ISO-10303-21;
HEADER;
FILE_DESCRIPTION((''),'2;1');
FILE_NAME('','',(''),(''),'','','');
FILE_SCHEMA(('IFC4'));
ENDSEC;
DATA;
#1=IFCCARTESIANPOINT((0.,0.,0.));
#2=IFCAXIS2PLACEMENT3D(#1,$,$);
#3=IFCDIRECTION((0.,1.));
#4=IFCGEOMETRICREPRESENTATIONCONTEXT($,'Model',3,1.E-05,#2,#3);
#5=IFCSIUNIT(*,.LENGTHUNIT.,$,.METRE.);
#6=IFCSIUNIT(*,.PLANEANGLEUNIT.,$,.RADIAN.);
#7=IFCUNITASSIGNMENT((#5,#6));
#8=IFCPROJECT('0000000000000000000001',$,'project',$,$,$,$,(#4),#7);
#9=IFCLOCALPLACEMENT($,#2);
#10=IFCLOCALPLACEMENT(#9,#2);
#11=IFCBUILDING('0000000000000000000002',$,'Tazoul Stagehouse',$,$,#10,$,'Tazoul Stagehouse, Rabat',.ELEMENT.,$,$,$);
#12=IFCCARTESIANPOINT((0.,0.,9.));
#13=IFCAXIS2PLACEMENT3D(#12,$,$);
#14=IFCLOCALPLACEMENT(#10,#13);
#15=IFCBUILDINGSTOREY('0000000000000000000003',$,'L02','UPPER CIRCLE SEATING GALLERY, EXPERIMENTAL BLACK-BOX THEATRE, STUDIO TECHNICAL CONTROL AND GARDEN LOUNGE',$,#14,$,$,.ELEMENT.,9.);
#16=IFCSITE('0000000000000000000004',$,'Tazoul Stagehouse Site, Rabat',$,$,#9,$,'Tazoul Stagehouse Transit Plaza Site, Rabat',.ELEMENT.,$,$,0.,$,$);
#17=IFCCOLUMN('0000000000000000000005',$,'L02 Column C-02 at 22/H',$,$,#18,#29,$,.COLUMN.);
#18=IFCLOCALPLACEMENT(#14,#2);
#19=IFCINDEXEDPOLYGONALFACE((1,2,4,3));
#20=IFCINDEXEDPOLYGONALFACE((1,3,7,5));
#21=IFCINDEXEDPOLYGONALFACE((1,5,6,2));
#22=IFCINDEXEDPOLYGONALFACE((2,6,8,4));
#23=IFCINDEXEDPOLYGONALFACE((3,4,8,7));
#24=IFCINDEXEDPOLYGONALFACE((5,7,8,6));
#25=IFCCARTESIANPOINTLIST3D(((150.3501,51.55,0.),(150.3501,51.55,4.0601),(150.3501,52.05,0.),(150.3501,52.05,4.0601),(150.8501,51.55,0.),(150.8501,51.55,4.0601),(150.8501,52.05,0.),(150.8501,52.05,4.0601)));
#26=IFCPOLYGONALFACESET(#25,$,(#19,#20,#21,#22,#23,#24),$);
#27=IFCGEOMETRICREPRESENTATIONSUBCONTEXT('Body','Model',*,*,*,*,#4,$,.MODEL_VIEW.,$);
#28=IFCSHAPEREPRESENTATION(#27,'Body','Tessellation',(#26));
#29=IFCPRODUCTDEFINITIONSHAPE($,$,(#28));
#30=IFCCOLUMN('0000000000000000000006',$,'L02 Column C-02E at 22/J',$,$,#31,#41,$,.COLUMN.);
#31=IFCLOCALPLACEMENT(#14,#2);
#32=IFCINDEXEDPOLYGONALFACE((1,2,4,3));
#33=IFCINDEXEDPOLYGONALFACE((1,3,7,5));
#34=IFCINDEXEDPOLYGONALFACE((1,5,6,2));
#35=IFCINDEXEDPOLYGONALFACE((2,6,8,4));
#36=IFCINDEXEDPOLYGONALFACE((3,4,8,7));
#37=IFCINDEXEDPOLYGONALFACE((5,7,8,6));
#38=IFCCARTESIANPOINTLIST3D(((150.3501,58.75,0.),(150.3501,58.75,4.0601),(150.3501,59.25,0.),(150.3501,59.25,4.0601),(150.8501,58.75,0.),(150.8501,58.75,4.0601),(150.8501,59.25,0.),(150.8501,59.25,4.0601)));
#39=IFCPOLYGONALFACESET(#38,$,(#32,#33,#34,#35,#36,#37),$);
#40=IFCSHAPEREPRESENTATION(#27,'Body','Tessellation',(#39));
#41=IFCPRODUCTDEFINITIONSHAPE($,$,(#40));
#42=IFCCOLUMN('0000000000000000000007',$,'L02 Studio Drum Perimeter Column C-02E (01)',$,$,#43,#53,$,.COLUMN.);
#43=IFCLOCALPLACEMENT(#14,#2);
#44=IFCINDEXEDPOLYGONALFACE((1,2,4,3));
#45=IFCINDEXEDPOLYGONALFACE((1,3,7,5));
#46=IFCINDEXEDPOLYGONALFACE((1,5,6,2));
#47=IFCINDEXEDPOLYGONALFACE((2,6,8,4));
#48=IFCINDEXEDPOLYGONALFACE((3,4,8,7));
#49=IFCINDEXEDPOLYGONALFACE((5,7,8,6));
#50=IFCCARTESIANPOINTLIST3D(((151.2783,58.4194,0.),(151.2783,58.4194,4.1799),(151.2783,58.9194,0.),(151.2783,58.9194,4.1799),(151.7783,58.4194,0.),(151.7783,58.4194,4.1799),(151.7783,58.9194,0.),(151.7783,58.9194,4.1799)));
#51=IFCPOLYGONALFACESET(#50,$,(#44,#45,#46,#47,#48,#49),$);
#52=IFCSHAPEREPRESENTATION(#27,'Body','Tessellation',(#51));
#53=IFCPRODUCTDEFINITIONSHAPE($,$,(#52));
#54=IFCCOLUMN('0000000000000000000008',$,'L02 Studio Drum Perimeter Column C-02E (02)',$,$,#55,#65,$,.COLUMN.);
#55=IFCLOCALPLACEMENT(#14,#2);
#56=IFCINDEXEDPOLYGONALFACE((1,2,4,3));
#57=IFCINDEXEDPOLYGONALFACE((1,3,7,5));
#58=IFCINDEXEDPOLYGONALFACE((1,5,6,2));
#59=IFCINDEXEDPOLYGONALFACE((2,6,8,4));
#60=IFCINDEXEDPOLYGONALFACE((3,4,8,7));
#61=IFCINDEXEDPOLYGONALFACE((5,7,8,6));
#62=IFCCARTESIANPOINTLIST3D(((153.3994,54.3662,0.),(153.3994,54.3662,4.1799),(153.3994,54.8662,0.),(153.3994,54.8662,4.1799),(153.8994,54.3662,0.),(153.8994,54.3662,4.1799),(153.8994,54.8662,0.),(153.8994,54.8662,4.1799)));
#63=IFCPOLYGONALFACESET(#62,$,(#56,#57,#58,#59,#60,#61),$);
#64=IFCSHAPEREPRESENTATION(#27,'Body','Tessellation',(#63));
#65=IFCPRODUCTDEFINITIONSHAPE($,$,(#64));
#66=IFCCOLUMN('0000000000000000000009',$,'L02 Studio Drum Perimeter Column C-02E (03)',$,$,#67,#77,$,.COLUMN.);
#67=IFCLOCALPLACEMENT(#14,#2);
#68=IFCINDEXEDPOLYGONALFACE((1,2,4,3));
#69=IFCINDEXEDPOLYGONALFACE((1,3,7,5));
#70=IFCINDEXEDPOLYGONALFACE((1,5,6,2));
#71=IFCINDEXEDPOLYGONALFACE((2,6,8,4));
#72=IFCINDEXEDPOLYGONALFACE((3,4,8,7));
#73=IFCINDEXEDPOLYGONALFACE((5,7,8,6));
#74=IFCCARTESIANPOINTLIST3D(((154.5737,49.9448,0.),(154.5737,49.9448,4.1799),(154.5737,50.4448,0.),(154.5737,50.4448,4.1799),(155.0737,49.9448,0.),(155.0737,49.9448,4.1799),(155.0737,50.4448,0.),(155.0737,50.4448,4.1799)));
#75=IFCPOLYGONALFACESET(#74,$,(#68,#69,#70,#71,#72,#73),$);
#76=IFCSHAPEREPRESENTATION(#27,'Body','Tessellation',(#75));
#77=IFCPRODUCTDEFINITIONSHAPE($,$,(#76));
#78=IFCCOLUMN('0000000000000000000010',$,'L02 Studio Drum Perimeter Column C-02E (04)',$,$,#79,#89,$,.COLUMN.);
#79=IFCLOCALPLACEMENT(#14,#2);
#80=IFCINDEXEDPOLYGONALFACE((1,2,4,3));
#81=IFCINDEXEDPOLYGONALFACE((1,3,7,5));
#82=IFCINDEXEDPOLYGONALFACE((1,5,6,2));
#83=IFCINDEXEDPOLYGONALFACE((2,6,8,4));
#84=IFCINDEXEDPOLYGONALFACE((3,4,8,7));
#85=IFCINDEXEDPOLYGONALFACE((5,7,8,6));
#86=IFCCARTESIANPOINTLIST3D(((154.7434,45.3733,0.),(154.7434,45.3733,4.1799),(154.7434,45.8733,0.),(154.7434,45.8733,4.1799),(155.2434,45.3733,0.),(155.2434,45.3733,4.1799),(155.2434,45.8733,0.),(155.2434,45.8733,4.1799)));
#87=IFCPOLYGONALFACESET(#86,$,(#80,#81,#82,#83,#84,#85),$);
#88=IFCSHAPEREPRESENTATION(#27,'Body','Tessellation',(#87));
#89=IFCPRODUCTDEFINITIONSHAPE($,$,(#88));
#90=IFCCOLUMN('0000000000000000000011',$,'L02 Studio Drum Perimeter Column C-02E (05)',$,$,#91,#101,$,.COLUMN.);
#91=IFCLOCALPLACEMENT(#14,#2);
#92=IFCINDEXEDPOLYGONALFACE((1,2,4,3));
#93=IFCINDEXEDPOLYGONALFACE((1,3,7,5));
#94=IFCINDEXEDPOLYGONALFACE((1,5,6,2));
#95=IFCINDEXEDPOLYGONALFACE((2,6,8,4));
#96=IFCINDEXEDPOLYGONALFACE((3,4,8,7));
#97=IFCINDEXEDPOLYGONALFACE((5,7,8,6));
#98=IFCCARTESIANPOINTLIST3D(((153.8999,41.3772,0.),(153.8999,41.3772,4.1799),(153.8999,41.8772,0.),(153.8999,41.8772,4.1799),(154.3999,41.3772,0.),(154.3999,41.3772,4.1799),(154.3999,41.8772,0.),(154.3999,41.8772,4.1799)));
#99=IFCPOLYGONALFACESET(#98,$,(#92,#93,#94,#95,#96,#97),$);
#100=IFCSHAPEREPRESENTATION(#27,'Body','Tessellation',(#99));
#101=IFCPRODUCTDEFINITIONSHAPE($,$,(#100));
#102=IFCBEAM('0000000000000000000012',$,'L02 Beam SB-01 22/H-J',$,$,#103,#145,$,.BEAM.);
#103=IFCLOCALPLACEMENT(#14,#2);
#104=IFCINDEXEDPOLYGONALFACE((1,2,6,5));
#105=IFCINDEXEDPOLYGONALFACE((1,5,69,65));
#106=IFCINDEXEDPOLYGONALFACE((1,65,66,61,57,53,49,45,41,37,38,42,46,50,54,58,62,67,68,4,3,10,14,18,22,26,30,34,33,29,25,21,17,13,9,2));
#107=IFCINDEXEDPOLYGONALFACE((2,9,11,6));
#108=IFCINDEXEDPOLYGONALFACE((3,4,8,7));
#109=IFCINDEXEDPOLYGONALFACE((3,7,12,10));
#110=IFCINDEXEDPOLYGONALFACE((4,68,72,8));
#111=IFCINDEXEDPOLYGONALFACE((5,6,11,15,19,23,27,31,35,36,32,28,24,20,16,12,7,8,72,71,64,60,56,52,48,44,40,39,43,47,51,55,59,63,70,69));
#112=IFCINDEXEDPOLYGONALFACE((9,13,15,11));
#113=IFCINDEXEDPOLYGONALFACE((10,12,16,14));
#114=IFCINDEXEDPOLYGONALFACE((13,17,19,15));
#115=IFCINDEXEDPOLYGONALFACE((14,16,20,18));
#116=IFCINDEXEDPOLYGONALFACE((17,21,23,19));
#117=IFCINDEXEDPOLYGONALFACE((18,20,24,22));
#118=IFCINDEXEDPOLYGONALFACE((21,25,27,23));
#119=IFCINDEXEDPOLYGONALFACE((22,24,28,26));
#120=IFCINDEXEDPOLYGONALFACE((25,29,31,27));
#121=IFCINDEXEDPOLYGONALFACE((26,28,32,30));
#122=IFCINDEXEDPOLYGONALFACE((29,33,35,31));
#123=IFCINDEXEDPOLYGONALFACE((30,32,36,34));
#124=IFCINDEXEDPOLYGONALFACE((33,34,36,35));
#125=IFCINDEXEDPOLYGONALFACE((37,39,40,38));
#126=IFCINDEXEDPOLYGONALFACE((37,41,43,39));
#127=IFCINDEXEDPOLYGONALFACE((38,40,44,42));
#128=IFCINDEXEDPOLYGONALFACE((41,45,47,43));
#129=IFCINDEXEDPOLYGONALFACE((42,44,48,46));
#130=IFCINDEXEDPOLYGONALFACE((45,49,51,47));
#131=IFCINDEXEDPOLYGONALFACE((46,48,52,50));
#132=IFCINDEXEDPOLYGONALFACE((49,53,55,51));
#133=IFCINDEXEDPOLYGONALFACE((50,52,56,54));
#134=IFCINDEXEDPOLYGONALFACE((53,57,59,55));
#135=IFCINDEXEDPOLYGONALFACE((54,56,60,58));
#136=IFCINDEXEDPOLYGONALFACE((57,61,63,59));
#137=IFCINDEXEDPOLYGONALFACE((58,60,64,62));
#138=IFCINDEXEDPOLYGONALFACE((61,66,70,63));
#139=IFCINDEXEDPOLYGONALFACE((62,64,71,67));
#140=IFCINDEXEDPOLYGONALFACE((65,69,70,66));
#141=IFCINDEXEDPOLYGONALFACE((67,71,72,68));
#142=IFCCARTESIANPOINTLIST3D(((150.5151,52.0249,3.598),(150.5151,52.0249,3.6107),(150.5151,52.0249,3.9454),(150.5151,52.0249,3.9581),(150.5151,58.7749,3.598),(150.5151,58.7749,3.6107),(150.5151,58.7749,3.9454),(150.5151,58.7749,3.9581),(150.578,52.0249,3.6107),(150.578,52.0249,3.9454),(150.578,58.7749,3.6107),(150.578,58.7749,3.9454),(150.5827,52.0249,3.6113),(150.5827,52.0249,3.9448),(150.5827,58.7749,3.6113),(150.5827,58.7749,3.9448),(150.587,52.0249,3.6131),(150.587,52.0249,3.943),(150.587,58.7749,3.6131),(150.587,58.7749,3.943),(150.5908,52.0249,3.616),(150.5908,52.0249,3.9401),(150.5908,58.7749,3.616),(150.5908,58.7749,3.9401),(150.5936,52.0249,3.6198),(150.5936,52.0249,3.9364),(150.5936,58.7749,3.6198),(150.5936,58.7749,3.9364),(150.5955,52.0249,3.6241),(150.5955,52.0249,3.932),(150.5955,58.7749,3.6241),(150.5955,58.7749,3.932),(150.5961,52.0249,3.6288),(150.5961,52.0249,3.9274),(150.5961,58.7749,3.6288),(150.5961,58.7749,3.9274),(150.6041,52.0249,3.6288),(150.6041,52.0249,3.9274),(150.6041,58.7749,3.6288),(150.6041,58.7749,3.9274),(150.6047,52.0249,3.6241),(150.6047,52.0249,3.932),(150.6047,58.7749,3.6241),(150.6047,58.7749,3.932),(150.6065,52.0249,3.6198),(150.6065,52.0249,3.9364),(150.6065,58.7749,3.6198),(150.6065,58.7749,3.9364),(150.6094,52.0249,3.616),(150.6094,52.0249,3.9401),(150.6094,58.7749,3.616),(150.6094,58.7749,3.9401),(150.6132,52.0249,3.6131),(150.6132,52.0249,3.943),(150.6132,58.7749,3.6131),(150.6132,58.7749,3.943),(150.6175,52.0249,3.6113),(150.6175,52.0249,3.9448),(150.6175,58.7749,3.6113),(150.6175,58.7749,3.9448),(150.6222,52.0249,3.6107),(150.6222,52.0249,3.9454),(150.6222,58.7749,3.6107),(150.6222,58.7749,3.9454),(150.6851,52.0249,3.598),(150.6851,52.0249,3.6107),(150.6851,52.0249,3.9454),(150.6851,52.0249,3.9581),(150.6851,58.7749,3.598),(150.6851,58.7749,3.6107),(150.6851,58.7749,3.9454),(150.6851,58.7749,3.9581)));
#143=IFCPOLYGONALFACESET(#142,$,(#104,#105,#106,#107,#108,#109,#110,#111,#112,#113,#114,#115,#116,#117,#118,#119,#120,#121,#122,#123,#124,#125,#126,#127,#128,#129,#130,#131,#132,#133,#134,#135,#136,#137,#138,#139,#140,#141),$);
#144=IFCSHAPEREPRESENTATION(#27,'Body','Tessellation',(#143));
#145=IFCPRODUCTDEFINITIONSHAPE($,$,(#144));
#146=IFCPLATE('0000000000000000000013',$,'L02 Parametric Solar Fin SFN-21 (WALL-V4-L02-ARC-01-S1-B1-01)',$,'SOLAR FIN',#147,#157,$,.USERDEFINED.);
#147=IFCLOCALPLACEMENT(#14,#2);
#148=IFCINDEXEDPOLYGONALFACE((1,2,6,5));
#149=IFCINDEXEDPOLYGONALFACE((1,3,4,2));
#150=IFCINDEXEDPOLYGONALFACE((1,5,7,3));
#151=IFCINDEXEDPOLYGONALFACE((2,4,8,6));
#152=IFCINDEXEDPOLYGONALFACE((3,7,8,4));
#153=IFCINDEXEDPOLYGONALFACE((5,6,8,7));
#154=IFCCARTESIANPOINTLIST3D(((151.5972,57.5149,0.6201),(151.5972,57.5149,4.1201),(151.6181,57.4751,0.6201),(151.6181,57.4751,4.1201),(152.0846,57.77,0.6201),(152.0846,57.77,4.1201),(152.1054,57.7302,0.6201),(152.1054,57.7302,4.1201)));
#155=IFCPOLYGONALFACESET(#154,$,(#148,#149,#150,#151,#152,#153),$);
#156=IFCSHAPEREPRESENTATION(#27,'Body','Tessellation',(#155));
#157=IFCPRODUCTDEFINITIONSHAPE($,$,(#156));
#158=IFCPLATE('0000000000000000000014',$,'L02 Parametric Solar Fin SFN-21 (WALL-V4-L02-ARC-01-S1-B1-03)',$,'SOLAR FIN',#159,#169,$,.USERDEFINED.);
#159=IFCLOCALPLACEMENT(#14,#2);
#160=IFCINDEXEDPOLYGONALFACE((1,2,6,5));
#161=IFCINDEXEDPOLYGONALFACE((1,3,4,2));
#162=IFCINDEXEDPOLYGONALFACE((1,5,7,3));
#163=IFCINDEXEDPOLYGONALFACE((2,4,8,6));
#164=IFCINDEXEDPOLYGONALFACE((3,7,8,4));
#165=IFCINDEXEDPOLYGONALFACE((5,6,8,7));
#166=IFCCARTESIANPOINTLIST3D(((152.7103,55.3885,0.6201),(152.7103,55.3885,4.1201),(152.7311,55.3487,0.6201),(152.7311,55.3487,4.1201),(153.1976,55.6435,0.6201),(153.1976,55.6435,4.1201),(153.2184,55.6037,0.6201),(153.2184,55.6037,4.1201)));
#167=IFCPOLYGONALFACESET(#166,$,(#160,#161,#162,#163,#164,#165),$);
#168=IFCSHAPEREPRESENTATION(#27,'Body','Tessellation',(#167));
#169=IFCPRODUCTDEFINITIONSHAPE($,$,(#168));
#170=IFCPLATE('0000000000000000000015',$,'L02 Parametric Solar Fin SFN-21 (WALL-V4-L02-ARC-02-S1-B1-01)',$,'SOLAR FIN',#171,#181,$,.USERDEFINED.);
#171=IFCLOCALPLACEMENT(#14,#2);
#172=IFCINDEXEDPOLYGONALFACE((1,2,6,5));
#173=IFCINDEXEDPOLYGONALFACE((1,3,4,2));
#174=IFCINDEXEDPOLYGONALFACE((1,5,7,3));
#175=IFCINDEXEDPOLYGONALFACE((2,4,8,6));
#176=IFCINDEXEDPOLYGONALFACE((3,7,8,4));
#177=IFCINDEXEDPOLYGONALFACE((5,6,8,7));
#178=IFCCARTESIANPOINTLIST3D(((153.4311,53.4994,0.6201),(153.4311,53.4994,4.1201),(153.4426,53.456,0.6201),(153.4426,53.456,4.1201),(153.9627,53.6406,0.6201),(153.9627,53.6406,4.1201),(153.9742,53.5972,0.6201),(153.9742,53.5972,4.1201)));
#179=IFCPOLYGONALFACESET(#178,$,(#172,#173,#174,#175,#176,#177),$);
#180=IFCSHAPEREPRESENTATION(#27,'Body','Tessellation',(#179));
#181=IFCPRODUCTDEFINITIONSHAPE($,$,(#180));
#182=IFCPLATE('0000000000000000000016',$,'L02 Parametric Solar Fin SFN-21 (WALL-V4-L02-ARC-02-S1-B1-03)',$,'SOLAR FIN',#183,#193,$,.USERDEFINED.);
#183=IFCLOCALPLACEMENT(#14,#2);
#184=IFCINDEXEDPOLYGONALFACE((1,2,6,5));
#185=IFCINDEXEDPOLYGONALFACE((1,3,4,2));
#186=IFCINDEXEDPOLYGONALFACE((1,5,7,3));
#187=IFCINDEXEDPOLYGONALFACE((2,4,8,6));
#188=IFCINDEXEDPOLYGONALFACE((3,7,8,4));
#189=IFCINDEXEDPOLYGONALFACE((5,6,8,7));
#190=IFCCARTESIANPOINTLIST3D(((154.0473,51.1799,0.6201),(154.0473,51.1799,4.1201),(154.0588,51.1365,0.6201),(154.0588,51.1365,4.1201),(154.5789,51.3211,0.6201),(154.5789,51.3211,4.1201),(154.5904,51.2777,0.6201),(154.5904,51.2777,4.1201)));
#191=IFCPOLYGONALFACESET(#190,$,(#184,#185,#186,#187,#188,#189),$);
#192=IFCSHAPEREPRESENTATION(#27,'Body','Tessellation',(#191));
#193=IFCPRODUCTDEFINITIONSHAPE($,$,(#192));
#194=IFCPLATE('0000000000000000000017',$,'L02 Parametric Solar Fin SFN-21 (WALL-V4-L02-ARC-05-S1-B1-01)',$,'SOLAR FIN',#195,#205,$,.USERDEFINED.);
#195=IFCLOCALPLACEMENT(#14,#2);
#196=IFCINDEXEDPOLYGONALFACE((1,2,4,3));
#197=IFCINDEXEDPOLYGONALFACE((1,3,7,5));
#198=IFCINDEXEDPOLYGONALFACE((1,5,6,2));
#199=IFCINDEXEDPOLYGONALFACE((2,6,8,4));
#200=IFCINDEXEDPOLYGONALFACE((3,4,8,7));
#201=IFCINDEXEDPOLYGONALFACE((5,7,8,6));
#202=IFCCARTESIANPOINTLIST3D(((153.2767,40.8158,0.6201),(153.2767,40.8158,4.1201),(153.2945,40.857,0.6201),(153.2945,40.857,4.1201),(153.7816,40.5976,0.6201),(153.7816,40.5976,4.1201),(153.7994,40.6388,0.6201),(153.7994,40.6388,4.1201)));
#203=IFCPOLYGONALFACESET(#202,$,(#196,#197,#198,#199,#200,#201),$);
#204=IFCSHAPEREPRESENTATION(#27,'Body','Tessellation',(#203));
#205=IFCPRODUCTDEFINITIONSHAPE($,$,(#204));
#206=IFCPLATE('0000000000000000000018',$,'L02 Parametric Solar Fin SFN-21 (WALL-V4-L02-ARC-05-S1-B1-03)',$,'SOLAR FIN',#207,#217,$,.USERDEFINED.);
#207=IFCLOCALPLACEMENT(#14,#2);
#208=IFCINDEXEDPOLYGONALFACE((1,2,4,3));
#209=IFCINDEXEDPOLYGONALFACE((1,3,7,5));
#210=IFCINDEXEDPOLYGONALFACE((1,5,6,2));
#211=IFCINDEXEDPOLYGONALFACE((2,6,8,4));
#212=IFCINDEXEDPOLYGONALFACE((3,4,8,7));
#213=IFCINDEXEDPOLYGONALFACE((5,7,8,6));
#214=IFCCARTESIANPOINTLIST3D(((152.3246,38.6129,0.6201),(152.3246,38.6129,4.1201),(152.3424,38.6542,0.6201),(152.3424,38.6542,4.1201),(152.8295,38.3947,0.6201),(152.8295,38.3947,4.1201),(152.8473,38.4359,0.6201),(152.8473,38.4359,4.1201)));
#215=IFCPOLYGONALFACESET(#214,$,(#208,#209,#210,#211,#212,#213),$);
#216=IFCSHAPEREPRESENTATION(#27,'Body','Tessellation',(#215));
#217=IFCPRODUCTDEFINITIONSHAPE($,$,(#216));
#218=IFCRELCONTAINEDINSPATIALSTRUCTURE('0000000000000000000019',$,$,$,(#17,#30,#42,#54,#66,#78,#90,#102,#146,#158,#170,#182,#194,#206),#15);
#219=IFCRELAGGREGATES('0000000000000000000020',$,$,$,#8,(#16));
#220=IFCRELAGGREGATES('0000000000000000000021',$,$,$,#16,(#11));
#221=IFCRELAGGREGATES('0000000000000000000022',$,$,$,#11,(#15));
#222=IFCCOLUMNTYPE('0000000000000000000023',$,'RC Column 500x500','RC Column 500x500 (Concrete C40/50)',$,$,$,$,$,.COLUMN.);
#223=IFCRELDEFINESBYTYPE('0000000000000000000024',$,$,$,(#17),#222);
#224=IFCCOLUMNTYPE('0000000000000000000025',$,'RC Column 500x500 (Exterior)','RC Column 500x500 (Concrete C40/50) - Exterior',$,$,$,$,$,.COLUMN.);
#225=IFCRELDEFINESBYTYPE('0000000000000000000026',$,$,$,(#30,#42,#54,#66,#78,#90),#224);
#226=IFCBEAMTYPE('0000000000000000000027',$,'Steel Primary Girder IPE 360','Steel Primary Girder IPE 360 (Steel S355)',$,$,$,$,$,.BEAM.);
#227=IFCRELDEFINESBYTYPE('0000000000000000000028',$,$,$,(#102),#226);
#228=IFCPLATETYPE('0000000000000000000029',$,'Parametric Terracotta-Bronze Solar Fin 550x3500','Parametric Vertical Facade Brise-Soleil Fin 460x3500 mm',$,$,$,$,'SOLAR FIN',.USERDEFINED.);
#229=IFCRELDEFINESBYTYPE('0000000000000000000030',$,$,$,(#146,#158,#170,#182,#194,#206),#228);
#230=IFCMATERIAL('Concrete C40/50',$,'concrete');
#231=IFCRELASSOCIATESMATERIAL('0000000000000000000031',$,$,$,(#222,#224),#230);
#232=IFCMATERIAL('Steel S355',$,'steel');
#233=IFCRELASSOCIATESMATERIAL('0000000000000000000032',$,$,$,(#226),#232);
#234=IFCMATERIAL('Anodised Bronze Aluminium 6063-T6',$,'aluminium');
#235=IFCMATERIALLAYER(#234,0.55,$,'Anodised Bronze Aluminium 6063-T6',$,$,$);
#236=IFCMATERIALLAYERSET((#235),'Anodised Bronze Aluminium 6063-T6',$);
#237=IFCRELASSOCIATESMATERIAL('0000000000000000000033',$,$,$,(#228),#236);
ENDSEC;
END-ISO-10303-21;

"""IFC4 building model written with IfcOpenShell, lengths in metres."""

from ifc_helpers import new_model, si_unit, direction, frame, origin, origin_2d, place, context, subcontext, project, spatial, rectangle, i_section, extrude, material, layer, layer_set, material_profile, profile_set, type_object, element, save


model = new_model("IFC4")

# Units and contexts
model_context = context("Model", 3, precision=1e-05, world=origin(), true_north=direction((0.0, 1.0)))
body_context = subcontext(model_context, "Body", "Model", "MODEL_VIEW")
ifc_project = project(units=[si_unit("LENGTHUNIT", "METRE"), si_unit("PLANEANGLEUNIT", "RADIAN")], contexts=[model_context])

# Site, building, storey
site_placement = place(None, origin())
site = spatial("IfcSite", under=ifc_project, at=site_placement, Name="Tazoul Stagehouse Site, Rabat", LongName="Tazoul Stagehouse Transit Plaza Site, Rabat", CompositionType="ELEMENT", RefElevation=0.0)
building_placement = place(site_placement, origin())
building = spatial("IfcBuilding", under=site, at=building_placement, Name="Tazoul Stagehouse", LongName="Tazoul Stagehouse, Rabat", CompositionType="ELEMENT")
storey_placement = place(building_placement, frame((0.0, 0.0, 9.0)))
storey = spatial("IfcBuildingStorey", under=building, at=storey_placement, Name="L02", Description="UPPER CIRCLE SEATING GALLERY, EXPERIMENTAL BLACK-BOX THEATRE, STUDIO TECHNICAL CONTROL AND GARDEN LOUNGE", CompositionType="ELEMENT", Elevation=9.0)

# Columns
ifc_material_1 = material(Name="Concrete C40/50", Category="concrete")
ifc_material_profile_1 = material_profile(ifc_material_1, rectangle(XDim=0.5, YDim=0.5, at=origin_2d()), Name="RC 500x500")
ifc_profile_set_1 = profile_set([ifc_material_profile_1], Name="Concrete C40/50")
column_type_1 = type_object("IfcColumnType", Name="RC Column 500x500", Description="RC Column 500x500 (Concrete C40/50)", PredefinedType="COLUMN", material=ifc_profile_set_1)
column_1_placement = place(storey_placement, frame((150.6001, 51.8, 0.0), z_axis=(0.0, 0.0, 1.0), x_axis=(1.0, 0.0, 0.0)))
element("IfcColumn", 1, at=column_1_placement, inside=storey, type_object=column_type_1, Name="L02 Column C-02 at 22/H", PredefinedType="COLUMN", context=body_context, shape_type="SweptSolid", body=[
    extrude(rectangle(XDim=0.5, YDim=0.5, at=origin_2d()), origin(), (0.0, 0.0, 1.0), 4.0601),
])
ifc_material_profile_2 = material_profile(ifc_material_1, rectangle(XDim=0.5, YDim=0.5, at=origin_2d()), Name="RC 500x500")
ifc_profile_set_2 = profile_set([ifc_material_profile_2], Name="Concrete C40/50")
column_type_2 = type_object("IfcColumnType", Name="RC Column 500x500 (Exterior)", Description="RC Column 500x500 (Concrete C40/50) - Exterior", PredefinedType="COLUMN", material=ifc_profile_set_2)
column_2_placement = place(storey_placement, frame((150.6001, 59.0, 0.0), z_axis=(0.0, 0.0, 1.0), x_axis=(1.0, 0.0, 0.0)))
element("IfcColumn", 2, at=column_2_placement, inside=storey, type_object=column_type_2, Name="L02 Column C-02E at 22/J", PredefinedType="COLUMN", context=body_context, shape_type="SweptSolid", body=[
    extrude(rectangle(XDim=0.5, YDim=0.5, at=origin_2d()), origin(), (0.0, 0.0, 1.0), 4.0601),
])
for number, where, z_axis, x_axis, name in (
    (3, (151.5283, 58.6694, 0.0), (0.0, 0.0, 1.0), (1.0, 0.0, 0.0), "L02 Studio Drum Perimeter Column C-02E (01)"),
    (4, (153.6494, 54.6162, 0.0), (0.0, 0.0, 1.0), (1.0, 0.0, 0.0), "L02 Studio Drum Perimeter Column C-02E (02)"),
    (5, (154.8237, 50.1948, 0.0), (0.0, 0.0, 1.0), (1.0, 0.0, 0.0), "L02 Studio Drum Perimeter Column C-02E (03)"),
    (6, (154.9934, 45.6233, 0.0), (0.0, 0.0, 1.0), (1.0, 0.0, 0.0), "L02 Studio Drum Perimeter Column C-02E (04)"),
    (7, (154.1499, 41.6272, 0.0), (0.0, 0.0, 1.0), (1.0, 0.0, 0.0), "L02 Studio Drum Perimeter Column C-02E (05)"),
):
    element("IfcColumn", number, at=place(storey_placement, frame(where, z_axis=z_axis, x_axis=x_axis)), inside=storey, type_object=column_type_2, Name=name, PredefinedType="COLUMN", context=body_context, shape_type="SweptSolid", body=[
        extrude(rectangle(XDim=0.5, YDim=0.5, at=origin_2d()), origin(), (0.0, 0.0, 1.0), 4.1799),
    ])

# Beam
ifc_material_2 = material(Name="Steel S355", Category="steel")
ifc_material_profile_3 = material_profile(ifc_material_2, i_section(OverallWidth=0.1699, OverallDepth=0.3601, WebThickness=0.0081, FlangeThickness=0.0127, FilletRadius=0.0181, at=origin_2d()), Name="IPE 360")
ifc_profile_set_3 = profile_set([ifc_material_profile_3], Name="Steel S355")
beam_type = type_object("IfcBeamType", Name="Steel Primary Girder IPE 360", Description="Steel Primary Girder IPE 360 (Steel S355)", PredefinedType="BEAM", material=ifc_profile_set_3)
beam_placement = place(storey_placement, frame((150.6001, 52.0249, 3.7781), z_axis=(0.0, 1.0, 0.0), x_axis=(-1.0, 0.0, 0.0)))
element("IfcBeam", 8, at=beam_placement, inside=storey, type_object=beam_type, Name="L02 Beam SB-01 22/H-J", PredefinedType="BEAM", context=body_context, shape_type="SweptSolid", body=[
    extrude(i_section(OverallWidth=0.1699, OverallDepth=0.3601, WebThickness=0.0081, FlangeThickness=0.0127, FilletRadius=0.0181, at=origin_2d()), origin(), (0.0, 0.0, 1.0), 6.75),
])

# Plates
ifc_material_3 = material(Name="Anodised Bronze Aluminium 6063-T6", Category="aluminium")
ifc_layer_1 = layer(ifc_material_3, 0.55, Name="Anodised Bronze Aluminium 6063-T6")
ifc_layer_set_1 = layer_set([ifc_layer_1], Name="Anodised Bronze Aluminium 6063-T6")
plate_type_1 = type_object("IfcPlateType", Name="Parametric Terracotta-Bronze Solar Fin 550x3500", Description="Parametric Vertical Facade Brise-Soleil Fin 460x3500 mm", ElementType="SOLAR FIN", PredefinedType="USERDEFINED", material=ifc_layer_set_1)
for number, where, z_axis, x_axis, name in (
    (9, (151.8513, 57.6226, 0.6201), (0.0, 0.0, 1.0), (0.463698, -0.885993, 0.0), "L02 Parametric Solar Fin SFN-21 (WALL-V4-L02-ARC-01-S1-B1-01)"),
    (10, (152.9644, 55.4961, 0.6201), (0.0, 0.0, 1.0), (0.463698, -0.885993, 0.0), "L02 Parametric Solar Fin SFN-21 (WALL-V4-L02-ARC-01-S1-B1-03)"),
    (11, (153.7026, 53.5483, 0.6201), (0.0, 0.0, 1.0), (0.256703, -0.96649, 0.0), "L02 Parametric Solar Fin SFN-21 (WALL-V4-L02-ARC-02-S1-B1-01)"),
    (12, (154.3188, 51.2288, 0.6201), (0.0, 0.0, 1.0), (0.256703, -0.96649, 0.0), "L02 Parametric Solar Fin SFN-21 (WALL-V4-L02-ARC-02-S1-B1-03)"),
    (13, (153.5381, 40.7273, 0.6201), (0.0, 0.0, 1.0), (-0.396762, -0.917922, 0.0), "L02 Parametric Solar Fin SFN-21 (WALL-V4-L02-ARC-05-S1-B1-01)"),
    (14, (152.5859, 38.5244, 0.6201), (0.0, 0.0, 1.0), (-0.396762, -0.917922, 0.0), "L02 Parametric Solar Fin SFN-21 (WALL-V4-L02-ARC-05-S1-B1-03)"),
):
    element("IfcPlate", number, at=place(storey_placement, frame(where, z_axis=z_axis, x_axis=x_axis)), inside=storey, type_object=plate_type_1, Name=name, ObjectType="SOLAR FIN", PredefinedType="USERDEFINED", context=body_context, shape_type="SweptSolid", body=[
        extrude(rectangle(XDim=0.0449, YDim=0.55, at=origin_2d()), origin(), (0.0, 0.0, 1.0), 3.5),
    ])

save(model, "model.ifc")
